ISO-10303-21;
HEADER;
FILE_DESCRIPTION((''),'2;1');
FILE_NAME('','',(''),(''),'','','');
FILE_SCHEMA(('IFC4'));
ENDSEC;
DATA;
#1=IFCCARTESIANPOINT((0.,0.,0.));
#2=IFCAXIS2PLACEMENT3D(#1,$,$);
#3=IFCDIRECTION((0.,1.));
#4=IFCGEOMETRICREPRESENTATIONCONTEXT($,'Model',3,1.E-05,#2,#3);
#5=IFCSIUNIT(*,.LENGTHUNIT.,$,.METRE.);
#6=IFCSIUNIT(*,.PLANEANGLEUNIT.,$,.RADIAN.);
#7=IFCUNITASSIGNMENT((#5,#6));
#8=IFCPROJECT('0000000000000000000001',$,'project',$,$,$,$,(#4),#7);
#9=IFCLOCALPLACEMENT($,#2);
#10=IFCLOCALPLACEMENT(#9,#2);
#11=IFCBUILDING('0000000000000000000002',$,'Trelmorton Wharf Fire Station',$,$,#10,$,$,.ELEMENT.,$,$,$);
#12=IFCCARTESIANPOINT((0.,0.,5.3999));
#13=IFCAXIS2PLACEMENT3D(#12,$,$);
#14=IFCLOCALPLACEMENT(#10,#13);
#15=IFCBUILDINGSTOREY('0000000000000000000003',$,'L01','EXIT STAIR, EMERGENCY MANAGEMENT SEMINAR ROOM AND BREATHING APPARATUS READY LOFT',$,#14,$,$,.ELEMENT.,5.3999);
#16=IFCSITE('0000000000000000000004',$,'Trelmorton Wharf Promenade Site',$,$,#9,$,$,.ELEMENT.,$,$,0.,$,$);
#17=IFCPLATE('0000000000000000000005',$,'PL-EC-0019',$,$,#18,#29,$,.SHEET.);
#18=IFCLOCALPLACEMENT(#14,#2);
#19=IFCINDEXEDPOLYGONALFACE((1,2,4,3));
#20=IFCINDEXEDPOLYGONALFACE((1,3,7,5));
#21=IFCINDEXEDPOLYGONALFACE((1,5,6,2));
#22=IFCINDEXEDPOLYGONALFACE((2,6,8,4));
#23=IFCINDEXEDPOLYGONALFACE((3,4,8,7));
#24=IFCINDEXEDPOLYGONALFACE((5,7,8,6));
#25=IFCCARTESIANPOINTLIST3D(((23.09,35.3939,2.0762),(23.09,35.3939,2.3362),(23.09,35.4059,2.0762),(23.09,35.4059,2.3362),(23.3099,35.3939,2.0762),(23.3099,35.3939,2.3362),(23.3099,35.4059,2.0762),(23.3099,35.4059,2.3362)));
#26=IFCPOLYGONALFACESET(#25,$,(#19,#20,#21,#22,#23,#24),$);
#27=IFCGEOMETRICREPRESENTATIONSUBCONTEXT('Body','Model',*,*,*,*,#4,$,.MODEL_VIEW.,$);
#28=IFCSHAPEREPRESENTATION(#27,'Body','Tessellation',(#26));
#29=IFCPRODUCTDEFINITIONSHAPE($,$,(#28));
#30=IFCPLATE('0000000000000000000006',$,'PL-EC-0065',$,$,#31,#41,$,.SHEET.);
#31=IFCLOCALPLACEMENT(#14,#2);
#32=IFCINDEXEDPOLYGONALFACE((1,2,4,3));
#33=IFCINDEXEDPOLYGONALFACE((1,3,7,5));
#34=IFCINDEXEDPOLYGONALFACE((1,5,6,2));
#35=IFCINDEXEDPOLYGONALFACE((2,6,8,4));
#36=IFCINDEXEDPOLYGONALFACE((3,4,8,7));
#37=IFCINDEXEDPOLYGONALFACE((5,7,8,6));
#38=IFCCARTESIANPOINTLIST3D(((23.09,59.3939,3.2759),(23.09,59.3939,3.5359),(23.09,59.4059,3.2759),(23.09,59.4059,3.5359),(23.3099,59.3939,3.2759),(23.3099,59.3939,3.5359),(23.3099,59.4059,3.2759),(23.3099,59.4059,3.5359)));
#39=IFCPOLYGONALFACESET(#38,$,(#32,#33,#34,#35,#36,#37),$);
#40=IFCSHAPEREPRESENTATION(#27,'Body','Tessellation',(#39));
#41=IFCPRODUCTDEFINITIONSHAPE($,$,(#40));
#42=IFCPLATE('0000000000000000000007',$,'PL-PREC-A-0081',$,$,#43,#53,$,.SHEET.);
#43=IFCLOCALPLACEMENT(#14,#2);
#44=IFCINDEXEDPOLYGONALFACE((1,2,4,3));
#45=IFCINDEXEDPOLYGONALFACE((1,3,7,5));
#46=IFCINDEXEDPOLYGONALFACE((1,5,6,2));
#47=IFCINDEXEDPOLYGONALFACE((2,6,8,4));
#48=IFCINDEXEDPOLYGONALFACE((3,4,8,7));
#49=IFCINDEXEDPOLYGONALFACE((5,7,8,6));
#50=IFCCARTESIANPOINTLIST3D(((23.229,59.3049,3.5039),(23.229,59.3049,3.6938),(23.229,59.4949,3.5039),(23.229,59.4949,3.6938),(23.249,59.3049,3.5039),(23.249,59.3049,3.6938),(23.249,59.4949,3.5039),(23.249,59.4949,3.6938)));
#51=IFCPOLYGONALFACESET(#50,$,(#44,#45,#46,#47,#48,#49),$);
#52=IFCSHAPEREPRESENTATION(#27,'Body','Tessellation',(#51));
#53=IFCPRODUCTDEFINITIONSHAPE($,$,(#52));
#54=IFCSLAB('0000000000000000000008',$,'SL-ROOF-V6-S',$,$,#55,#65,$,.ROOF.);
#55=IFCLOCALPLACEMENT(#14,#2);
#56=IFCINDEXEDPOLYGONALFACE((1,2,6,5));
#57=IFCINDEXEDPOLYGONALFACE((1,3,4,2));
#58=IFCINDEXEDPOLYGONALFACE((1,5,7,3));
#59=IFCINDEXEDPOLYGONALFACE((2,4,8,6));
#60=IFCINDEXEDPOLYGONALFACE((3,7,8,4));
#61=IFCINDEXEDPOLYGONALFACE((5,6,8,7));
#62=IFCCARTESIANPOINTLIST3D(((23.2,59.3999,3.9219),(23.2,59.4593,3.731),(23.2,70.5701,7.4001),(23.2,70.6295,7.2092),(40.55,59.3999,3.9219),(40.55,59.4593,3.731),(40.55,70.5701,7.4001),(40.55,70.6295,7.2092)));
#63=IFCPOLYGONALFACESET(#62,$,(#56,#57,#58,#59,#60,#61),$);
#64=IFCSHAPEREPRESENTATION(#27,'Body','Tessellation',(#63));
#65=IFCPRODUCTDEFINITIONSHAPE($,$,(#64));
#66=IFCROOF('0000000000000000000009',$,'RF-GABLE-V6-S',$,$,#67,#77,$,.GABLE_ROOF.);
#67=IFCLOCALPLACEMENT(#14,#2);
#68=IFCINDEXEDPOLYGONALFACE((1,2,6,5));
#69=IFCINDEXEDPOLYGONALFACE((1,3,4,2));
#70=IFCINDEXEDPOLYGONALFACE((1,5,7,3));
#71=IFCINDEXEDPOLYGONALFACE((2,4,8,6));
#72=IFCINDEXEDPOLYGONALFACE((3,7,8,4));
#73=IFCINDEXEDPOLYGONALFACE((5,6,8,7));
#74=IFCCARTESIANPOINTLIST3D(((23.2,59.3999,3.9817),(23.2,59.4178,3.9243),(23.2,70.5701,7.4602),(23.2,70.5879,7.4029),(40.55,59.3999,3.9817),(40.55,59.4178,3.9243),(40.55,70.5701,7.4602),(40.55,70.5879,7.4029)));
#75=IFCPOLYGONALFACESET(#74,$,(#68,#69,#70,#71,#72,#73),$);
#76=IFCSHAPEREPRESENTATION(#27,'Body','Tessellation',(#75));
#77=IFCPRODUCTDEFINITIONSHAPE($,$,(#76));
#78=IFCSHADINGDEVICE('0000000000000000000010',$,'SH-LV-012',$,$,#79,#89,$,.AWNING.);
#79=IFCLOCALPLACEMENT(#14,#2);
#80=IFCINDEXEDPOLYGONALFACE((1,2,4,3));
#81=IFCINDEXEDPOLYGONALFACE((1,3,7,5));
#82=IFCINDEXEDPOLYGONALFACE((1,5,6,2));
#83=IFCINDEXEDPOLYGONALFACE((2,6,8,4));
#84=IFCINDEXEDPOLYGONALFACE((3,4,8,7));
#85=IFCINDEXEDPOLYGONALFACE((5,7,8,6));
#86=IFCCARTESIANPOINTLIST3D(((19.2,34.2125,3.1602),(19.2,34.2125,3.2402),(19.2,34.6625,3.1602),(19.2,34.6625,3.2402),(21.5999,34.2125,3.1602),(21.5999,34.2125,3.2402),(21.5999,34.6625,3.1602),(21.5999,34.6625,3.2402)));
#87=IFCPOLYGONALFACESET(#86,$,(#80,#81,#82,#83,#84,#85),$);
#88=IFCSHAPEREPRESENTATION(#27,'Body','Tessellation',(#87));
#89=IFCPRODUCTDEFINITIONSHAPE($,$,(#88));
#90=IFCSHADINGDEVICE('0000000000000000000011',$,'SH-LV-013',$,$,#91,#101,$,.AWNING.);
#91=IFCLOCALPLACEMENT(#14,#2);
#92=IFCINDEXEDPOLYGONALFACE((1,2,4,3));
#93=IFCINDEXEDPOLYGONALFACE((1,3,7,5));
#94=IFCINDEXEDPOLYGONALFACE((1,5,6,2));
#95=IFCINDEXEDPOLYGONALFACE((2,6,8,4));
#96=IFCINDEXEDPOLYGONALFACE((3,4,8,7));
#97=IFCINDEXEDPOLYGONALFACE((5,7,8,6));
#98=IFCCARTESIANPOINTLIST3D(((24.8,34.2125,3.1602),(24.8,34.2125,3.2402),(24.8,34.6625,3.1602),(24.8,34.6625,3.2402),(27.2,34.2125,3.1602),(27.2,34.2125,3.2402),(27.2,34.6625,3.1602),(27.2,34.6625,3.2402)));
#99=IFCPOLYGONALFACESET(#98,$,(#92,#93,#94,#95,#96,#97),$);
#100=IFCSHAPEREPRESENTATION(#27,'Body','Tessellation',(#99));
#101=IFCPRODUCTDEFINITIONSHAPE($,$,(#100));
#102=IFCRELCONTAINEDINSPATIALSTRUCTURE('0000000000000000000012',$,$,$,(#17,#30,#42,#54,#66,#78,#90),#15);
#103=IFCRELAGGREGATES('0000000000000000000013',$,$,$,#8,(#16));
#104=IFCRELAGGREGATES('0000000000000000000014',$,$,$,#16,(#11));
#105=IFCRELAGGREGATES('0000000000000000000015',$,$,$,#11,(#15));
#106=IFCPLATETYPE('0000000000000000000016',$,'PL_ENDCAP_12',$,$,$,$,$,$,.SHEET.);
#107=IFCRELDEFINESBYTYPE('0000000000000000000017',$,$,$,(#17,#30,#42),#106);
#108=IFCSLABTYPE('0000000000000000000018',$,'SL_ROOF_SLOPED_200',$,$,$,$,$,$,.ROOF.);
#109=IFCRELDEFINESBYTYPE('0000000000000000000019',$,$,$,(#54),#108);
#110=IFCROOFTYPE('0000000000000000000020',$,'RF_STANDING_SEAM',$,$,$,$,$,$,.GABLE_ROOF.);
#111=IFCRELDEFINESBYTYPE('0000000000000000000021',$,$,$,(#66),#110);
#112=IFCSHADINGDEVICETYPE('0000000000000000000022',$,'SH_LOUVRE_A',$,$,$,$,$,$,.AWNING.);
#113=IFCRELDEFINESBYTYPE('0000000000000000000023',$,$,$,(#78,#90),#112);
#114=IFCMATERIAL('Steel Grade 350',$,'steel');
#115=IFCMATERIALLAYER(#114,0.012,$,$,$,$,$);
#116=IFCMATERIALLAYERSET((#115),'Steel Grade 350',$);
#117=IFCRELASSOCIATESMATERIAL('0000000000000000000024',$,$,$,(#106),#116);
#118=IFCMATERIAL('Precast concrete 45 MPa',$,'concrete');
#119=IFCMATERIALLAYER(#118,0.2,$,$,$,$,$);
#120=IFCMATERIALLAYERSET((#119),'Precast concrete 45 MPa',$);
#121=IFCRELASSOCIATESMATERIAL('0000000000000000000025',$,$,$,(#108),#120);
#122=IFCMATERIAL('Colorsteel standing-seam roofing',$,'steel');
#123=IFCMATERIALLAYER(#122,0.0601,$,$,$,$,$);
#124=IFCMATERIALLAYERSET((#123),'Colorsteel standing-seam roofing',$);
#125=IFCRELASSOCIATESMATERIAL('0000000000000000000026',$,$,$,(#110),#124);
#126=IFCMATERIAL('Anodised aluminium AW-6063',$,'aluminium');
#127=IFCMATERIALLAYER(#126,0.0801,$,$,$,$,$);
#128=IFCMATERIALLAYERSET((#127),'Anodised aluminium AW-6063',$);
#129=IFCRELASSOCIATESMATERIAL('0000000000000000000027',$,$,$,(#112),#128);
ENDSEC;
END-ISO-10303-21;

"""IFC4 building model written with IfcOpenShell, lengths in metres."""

from ifc_helpers import new_model, si_unit, direction, frame, origin, origin_2d, place, context, subcontext, project, spatial, polyline, rectangle, outline, extrude, material, layer, layer_set, type_object, element, save


model = new_model("IFC4")

# Units and contexts
model_context = context("Model", 3, precision=1e-05, world=origin(), true_north=direction((0.0, 1.0)))
body_context = subcontext(model_context, "Body", "Model", "MODEL_VIEW")
ifc_project = project(units=[si_unit("LENGTHUNIT", "METRE"), si_unit("PLANEANGLEUNIT", "RADIAN")], contexts=[model_context])

# Site, building, storey
site_placement = place(None, origin())
site = spatial("IfcSite", under=ifc_project, at=site_placement, Name="Trelmorton Wharf Promenade Site", CompositionType="ELEMENT", RefElevation=0.0)
building_placement = place(site_placement, origin())
building = spatial("IfcBuilding", under=site, at=building_placement, Name="Trelmorton Wharf Fire Station", CompositionType="ELEMENT")
storey_placement = place(building_placement, frame((0.0, 0.0, 5.3999)))
storey = spatial("IfcBuildingStorey", under=building, at=storey_placement, Name="L01", Description="EXIT STAIR, EMERGENCY MANAGEMENT SEMINAR ROOM AND BREATHING APPARATUS READY LOFT", CompositionType="ELEMENT", Elevation=5.3999)

# Shared definitions
ifc_material_1 = material(Name="Anodised aluminium AW-6063", Category="aluminium")

# Plates
ifc_material_2 = material(Name="Steel Grade 350", Category="steel")
ifc_layer_1 = layer(ifc_material_2, 0.012)
ifc_layer_set_1 = layer_set([ifc_layer_1], Name="Steel Grade 350")
plate_type_1 = type_object("IfcPlateType", Name="PL_ENDCAP_12", PredefinedType="SHEET", material=ifc_layer_set_1)
for number, where, z_axis, x_axis, name in (
    (1, (23.2, 35.3999, 2.0762), (0.0, 0.0, 1.0), (1.0, 0.0, 0.0), "PL-EC-0019"),
    (2, (23.2, 59.3999, 3.2759), (0.0, 0.0, 1.0), (1.0, 0.0, 0.0), "PL-EC-0065"),
):
    element("IfcPlate", number, at=place(storey_placement, frame(where, z_axis=z_axis, x_axis=x_axis)), inside=storey, type_object=plate_type_1, Name=name, PredefinedType="SHEET", context=body_context, shape_type="SweptSolid", body=[
        extrude(rectangle(XDim=0.22, YDim=0.012, at=origin_2d()), origin(), (0.0, 0.0, 1.0), 0.26),
    ])
plate_1_placement = place(storey_placement, frame((23.239, 59.3999, 3.5039), z_axis=(0.0, 0.0, 1.0), x_axis=(1.0, 0.0, 0.0)))
element("IfcPlate", 3, at=plate_1_placement, inside=storey, type_object=plate_type_1, Name="PL-PREC-A-0081", PredefinedType="SHEET", context=body_context, shape_type="SweptSolid", body=[
    extrude(rectangle(XDim=0.02, YDim=0.1899, at=origin_2d()), origin(), (0.0, 0.0, 1.0), 0.1899),
])

# Slab
ifc_material_3 = material(Name="Precast concrete 45 MPa", Category="concrete")
ifc_layer_2 = layer(ifc_material_3, 0.2)
ifc_layer_set_2 = layer_set([ifc_layer_2], Name="Precast concrete 45 MPa")
slab_type = type_object("IfcSlabType", Name="SL_ROOF_SLOPED_200", PredefinedType="ROOF", material=ifc_layer_set_2)
slab_placement = place(storey_placement, frame((23.2, 59.3999, 3.9219), z_axis=(0.0, -0.297309, 0.954781), x_axis=(1.0, 0.0, 0.0)))
element("IfcSlab", 4, at=slab_placement, inside=storey, type_object=slab_type, Name="SL-ROOF-V6-S", PredefinedType="ROOF", context=body_context, shape_type="SweptSolid", body=[
    extrude(outline(polyline([(0.0, 0.0), (17.3501, 0.0), (17.3501, 11.6992), (0.0, 11.6992), (0.0, 0.0)])), origin(), (0.0, 0.0, -1.0), 0.2),
])

# Roof
ifc_material_4 = material(Name="Colorsteel standing-seam roofing", Category="steel")
ifc_layer_3 = layer(ifc_material_4, 0.0601)
ifc_layer_set_3 = layer_set([ifc_layer_3], Name="Colorsteel standing-seam roofing")
roof_type = type_object("IfcRoofType", Name="RF_STANDING_SEAM", PredefinedType="GABLE_ROOF", material=ifc_layer_set_3)
roof_placement = place(storey_placement, frame((23.2, 59.3999, 3.9817), z_axis=(0.0, -0.297328, 0.954775), x_axis=(1.0, 0.0, 0.0)))
element("IfcRoof", 5, at=roof_placement, inside=storey, type_object=roof_type, Name="RF-GABLE-V6-S", PredefinedType="GABLE_ROOF", context=body_context, shape_type="SweptSolid", body=[
    extrude(outline(polyline([(0.0, 0.0), (17.3501, 0.0), (17.3501, 11.6993), (0.0, 11.6993), (0.0, 0.0)])), origin(), (0.0, 0.0, -1.0), 0.0601),
])

# Shading devices
ifc_layer_4 = layer(ifc_material_1, 0.0801)
ifc_layer_set_4 = layer_set([ifc_layer_4], Name="Anodised aluminium AW-6063")
shading_device_type = type_object("IfcShadingDeviceType", Name="SH_LOUVRE_A", PredefinedType="AWNING", material=ifc_layer_set_4)
for number, where, z_axis, x_axis, name in (
    (6, (20.3999, 34.4375, 3.1602), (0.0, 0.0, 1.0), (1.0, 0.0, 0.0), "SH-LV-012"),
    (7, (26.0, 34.4375, 3.1602), (0.0, 0.0, 1.0), (1.0, 0.0, 0.0), "SH-LV-013"),
):
    element("IfcShadingDevice", number, at=place(storey_placement, frame(where, z_axis=z_axis, x_axis=x_axis)), inside=storey, type_object=shading_device_type, Name=name, PredefinedType="AWNING", context=body_context, shape_type="SweptSolid", body=[
        extrude(rectangle(XDim=2.3999, YDim=0.45, at=origin_2d()), origin(), (0.0, 0.0, 1.0), 0.0801),
    ])

save(model, "model.ifc")
